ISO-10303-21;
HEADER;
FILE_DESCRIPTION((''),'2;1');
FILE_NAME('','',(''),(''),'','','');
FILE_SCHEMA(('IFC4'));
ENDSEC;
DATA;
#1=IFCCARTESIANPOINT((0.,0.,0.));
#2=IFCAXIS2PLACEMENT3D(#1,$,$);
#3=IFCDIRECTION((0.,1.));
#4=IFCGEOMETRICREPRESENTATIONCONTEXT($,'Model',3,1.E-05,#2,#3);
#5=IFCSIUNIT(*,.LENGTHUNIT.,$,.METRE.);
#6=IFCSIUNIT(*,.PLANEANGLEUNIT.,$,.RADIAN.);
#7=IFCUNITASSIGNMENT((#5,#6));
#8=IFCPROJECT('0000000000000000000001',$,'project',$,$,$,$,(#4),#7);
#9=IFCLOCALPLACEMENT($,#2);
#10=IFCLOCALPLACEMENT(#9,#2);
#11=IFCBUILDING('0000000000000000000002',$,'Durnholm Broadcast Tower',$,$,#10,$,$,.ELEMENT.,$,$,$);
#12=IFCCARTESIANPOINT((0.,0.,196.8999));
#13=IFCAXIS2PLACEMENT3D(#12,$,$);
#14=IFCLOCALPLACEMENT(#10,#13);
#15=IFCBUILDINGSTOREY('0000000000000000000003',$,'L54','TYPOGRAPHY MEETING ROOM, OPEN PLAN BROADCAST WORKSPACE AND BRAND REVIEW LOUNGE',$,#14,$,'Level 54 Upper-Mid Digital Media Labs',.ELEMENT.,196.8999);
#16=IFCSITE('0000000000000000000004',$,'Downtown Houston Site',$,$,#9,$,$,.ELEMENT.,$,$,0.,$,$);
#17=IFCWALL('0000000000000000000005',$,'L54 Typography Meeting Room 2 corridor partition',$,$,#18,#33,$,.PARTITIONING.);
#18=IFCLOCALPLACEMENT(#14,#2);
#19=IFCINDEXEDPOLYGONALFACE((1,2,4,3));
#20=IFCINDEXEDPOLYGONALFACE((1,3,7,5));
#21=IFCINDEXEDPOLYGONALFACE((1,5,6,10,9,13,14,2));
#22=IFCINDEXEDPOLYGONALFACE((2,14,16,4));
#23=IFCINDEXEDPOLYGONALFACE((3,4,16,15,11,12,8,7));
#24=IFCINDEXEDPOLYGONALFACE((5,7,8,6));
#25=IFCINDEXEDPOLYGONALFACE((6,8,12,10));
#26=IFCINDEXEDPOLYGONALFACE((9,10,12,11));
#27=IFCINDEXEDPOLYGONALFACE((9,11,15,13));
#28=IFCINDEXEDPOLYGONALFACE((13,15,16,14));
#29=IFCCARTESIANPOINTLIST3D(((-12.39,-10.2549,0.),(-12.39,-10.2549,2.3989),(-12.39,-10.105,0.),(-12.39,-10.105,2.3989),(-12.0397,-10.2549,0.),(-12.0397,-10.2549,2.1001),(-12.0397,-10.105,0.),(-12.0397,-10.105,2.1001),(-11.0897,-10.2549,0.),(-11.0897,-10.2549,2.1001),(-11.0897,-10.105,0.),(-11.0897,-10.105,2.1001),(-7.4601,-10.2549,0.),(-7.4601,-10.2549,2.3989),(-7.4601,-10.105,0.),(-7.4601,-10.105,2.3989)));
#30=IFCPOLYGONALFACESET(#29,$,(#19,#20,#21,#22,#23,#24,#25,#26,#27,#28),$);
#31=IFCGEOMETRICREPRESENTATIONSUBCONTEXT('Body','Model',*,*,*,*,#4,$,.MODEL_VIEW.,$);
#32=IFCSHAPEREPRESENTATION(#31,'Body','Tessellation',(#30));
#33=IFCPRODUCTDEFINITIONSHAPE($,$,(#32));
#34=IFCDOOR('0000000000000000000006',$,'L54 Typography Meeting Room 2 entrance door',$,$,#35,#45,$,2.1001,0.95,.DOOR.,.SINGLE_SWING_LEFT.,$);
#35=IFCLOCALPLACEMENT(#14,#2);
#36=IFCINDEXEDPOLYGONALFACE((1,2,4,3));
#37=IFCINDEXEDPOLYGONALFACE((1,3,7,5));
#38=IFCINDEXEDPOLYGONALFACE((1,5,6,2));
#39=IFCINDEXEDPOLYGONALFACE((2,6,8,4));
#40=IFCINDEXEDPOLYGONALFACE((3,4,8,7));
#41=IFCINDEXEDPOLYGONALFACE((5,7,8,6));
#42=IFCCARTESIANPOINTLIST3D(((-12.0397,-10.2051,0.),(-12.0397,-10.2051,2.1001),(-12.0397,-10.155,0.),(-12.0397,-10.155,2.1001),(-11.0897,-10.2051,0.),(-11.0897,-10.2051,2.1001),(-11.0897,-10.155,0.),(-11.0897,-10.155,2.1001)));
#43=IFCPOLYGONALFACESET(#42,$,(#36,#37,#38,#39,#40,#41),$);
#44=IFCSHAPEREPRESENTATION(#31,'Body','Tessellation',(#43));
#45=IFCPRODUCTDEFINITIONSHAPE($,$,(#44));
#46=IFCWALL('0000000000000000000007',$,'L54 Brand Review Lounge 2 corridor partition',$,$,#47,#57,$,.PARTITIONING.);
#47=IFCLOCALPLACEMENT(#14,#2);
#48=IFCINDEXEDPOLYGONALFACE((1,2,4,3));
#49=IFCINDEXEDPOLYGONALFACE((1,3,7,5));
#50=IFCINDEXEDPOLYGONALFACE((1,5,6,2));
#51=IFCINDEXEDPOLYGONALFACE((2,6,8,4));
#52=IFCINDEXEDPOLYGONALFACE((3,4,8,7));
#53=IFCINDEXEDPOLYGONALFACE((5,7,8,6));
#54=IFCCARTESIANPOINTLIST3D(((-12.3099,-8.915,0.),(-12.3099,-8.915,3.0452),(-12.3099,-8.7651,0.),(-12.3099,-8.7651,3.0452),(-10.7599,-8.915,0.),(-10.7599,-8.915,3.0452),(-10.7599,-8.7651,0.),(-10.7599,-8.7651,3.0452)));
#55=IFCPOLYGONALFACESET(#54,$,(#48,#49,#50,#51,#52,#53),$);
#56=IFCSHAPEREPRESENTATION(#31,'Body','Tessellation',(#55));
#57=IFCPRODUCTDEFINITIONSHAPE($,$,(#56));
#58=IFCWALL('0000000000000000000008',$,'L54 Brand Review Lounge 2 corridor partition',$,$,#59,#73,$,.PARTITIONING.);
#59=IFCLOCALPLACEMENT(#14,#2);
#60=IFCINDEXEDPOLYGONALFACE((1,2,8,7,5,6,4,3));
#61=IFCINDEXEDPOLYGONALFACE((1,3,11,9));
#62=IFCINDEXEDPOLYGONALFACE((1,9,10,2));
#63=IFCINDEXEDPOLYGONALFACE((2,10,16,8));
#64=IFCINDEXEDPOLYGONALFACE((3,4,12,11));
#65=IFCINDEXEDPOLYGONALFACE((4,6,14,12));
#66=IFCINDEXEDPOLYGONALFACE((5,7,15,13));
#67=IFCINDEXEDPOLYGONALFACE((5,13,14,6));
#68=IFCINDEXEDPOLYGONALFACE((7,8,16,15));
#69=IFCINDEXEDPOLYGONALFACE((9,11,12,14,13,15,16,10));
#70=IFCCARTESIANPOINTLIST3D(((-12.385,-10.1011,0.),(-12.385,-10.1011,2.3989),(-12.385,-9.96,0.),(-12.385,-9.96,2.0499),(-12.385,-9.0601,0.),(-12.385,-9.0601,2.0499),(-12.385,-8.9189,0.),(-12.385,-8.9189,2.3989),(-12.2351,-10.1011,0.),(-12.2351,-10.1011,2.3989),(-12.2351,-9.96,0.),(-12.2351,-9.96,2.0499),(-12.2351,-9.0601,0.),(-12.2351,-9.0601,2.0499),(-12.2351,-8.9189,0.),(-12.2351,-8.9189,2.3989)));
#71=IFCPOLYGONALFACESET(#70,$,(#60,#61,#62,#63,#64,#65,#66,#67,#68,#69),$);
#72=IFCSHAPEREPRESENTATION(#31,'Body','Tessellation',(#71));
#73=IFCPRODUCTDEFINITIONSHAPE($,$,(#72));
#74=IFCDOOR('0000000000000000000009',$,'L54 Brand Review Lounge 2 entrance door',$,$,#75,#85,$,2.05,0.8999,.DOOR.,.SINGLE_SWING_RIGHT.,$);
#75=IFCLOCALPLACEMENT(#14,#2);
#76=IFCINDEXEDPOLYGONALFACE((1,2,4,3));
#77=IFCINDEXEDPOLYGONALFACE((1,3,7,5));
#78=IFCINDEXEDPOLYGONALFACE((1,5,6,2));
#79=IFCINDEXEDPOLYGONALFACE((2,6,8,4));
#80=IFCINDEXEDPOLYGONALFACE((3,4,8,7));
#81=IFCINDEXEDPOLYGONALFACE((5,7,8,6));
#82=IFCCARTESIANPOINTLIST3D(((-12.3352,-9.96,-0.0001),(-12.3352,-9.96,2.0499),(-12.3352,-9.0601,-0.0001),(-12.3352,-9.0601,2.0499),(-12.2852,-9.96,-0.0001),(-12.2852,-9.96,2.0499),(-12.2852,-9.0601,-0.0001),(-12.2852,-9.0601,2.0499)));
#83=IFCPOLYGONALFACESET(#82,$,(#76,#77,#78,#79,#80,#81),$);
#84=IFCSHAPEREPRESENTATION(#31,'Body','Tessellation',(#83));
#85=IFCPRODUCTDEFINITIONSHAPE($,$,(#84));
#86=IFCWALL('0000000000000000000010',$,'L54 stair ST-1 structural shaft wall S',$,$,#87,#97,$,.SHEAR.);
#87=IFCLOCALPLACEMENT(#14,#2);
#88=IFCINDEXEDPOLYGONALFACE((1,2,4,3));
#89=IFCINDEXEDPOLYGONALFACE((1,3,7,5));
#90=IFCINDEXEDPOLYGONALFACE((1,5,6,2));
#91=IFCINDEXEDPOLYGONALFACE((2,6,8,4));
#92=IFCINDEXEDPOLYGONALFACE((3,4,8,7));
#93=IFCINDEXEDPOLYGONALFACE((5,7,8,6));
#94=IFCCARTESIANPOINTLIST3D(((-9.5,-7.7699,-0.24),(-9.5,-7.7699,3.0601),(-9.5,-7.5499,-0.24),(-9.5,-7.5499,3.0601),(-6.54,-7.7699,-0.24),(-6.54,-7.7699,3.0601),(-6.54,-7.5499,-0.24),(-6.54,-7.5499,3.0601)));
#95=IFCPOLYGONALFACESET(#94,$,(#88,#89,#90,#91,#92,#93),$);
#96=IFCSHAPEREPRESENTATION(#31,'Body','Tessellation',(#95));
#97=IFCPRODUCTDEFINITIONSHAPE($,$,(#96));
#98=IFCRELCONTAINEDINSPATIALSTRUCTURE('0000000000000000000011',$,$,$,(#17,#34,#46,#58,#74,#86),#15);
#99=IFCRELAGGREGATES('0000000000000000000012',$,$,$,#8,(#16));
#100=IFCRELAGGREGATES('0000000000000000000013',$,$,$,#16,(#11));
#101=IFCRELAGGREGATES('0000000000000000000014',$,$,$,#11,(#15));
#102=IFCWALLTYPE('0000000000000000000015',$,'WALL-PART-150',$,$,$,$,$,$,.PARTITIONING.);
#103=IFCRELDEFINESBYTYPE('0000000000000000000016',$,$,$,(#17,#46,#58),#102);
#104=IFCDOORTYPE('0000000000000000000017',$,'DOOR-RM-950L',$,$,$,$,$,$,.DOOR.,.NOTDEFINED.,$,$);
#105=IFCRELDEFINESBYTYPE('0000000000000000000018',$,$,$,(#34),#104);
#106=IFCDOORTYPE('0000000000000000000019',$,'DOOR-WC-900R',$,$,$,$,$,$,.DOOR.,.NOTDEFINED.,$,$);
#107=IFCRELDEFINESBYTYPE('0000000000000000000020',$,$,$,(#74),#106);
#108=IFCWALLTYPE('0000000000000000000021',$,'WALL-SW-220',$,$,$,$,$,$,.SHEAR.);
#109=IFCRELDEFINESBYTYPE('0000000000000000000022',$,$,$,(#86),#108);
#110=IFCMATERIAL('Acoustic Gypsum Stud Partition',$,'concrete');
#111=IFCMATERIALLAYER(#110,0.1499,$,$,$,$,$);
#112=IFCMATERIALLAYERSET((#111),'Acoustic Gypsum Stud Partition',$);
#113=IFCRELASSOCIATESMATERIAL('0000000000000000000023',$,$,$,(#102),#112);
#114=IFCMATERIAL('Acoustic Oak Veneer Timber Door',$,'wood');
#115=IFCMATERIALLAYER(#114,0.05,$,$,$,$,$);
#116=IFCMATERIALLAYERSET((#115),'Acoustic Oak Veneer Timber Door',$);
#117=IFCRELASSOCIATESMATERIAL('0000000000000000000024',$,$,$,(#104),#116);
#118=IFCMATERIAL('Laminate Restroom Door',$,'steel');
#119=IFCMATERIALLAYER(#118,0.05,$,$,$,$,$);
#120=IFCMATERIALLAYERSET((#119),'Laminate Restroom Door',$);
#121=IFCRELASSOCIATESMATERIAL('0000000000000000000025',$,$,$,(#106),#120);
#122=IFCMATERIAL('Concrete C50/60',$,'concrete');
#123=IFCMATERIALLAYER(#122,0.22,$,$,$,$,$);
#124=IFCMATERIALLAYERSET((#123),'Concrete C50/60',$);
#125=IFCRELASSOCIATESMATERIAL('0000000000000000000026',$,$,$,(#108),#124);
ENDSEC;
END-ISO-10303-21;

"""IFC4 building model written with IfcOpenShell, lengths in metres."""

from ifc_helpers import new_model, si_unit, direction, frame, frame_2d, origin, place, context, subcontext, project, spatial, rectangle, extrude, source, transform, mapped, material, layer, layer_set, type_object, type_shapes, element, fill, save


model = new_model("IFC4")

# Units and contexts
model_context = context("Model", 3, precision=1e-05, world=origin(), true_north=direction((0.0, 1.0)))
body_context = subcontext(model_context, "Body", "Model", "MODEL_VIEW")
ifc_project = project(units=[si_unit("LENGTHUNIT", "METRE"), si_unit("PLANEANGLEUNIT", "RADIAN")], contexts=[model_context])

# Site, building, storey
site_placement = place(None, origin())
site = spatial("IfcSite", under=ifc_project, at=site_placement, Name="Downtown Houston Site", CompositionType="ELEMENT", RefElevation=0.0)
building_placement = place(site_placement, origin())
building = spatial("IfcBuilding", under=site, at=building_placement, Name="Durnholm Broadcast Tower", CompositionType="ELEMENT")
storey_placement = place(building_placement, frame((0.0, 0.0, 196.8999)))
storey = spatial("IfcBuildingStorey", under=building, at=storey_placement, Name="L54", Description="TYPOGRAPHY MEETING ROOM, OPEN PLAN BROADCAST WORKSPACE AND BRAND REVIEW LOUNGE", LongName="Level 54 Upper-Mid Digital Media Labs", CompositionType="ELEMENT", Elevation=196.8999)

# Wall, opening, door
ifc_material_1 = material(Name="Acoustic Gypsum Stud Partition", Category="concrete")
ifc_layer_1 = layer(ifc_material_1, 0.1499)
ifc_layer_set_1 = layer_set([ifc_layer_1], Name="Acoustic Gypsum Stud Partition")
wall_type_1 = type_object("IfcWallType", Name="WALL-PART-150", PredefinedType="PARTITIONING", material=ifc_layer_set_1)
wall_1_placement = place(storey_placement, frame((-12.3899, -10.1799, 0.0), z_axis=(0.0, 0.0, 1.0), x_axis=(1.0, 0.0, 0.0)))
wall_1 = element("IfcWall", 1, at=wall_1_placement, inside=storey, type_object=wall_type_1, Name="L54 Typography Meeting Room 2 corridor partition", PredefinedType="PARTITIONING", context=body_context, shape_type="SweptSolid", body=[
    extrude(rectangle(XDim=4.9299, YDim=0.1499, at=frame_2d((2.4648, 0.0))), origin(), (0.0, 0.0, 1.0), 2.3989),
])
opening_1_placement = place(wall_1_placement, frame((0.3501, 0.0, 0.0)))
opening_1 = element("IfcOpeningElement", 2, at=opening_1_placement, cuts=wall_1, PredefinedType="OPENING", context=body_context, shape_type="SweptSolid", body=[
    extrude(rectangle(XDim=0.95, YDim=2.1001, at=frame_2d((0.4751, 1.05))), frame((0.0, 0.085, 0.0), z_axis=(0.0, -1.0, 0.0), x_axis=(1.0, 0.0, 0.0)), (0.0, 0.0, 1.0), 0.1699),
])
ifc_material_2 = material(Name="Acoustic Oak Veneer Timber Door", Category="wood")
ifc_layer_2 = layer(ifc_material_2, 0.05)
ifc_layer_set_2 = layer_set([ifc_layer_2], Name="Acoustic Oak Veneer Timber Door")
door_type_1 = type_object("IfcDoorType", Name="DOOR-RM-950L", OperationType="NOTDEFINED", PredefinedType="DOOR", material=ifc_layer_set_2)
shared_shape_1 = source(origin(), body_context, "Body", "SweptSolid", [
    extrude(rectangle(XDim=0.95, YDim=2.1001, at=frame_2d((0.4751, 1.05))), frame((0.0, 0.0249, 0.0), z_axis=(0.0, -1.0, 0.0), x_axis=(1.0, 0.0, 0.0)), (0.0, 0.0, 1.0), 0.05),
])
type_shapes(door_type_1, [shared_shape_1])
door_1_placement = place(opening_1_placement, origin())
door_1 = element("IfcDoor", 3, at=door_1_placement, inside=storey, type_object=door_type_1, Name="L54 Typography Meeting Room 2 entrance door", OperationType="SINGLE_SWING_LEFT", OverallHeight=2.1001, OverallWidth=0.95, PredefinedType="DOOR", context=body_context, shape_type="MappedRepresentation", body=[
    mapped(shared_shape_1, transform((0.0, 0.0, 0.0), x_axis=(1.0, 0.0, 0.0), y_axis=(0.0, 1.0, 0.0), z_axis=(0.0, 0.0, 1.0), scale=1.0)),
])
fill(opening_1, door_1)

# Wall
wall_2_placement = place(storey_placement, frame((-10.76, -8.8401, 0.0), z_axis=(0.0, 0.0, 1.0), x_axis=(-1.0, 0.0, 0.0)))
element("IfcWall", 4, at=wall_2_placement, inside=storey, type_object=wall_type_1, Name="L54 Brand Review Lounge 2 corridor partition", PredefinedType="PARTITIONING", context=body_context, shape_type="SweptSolid", body=[
    extrude(rectangle(XDim=1.55, YDim=0.1499, at=frame_2d((0.7749, 0.0))), origin(), (0.0, 0.0, 1.0), 3.0452),
])

# Wall, opening, door
wall_3_placement = place(storey_placement, frame((-12.3101, -8.9189, 0.0), z_axis=(0.0, 0.0, 1.0), x_axis=(0.0, -1.0, 0.0)))
wall_3 = element("IfcWall", 5, at=wall_3_placement, inside=storey, type_object=wall_type_1, Name="L54 Brand Review Lounge 2 corridor partition", PredefinedType="PARTITIONING", context=body_context, shape_type="SweptSolid", body=[
    extrude(rectangle(XDim=1.1821, YDim=0.1499, at=frame_2d((0.5911, 0.0))), origin(), (0.0, 0.0, 1.0), 2.3989),
])
opening_2_placement = place(wall_3_placement, frame((0.1411, 0.0, 0.0)))
opening_2 = element("IfcOpeningElement", 6, at=opening_2_placement, cuts=wall_3, PredefinedType="OPENING", context=body_context, shape_type="SweptSolid", body=[
    extrude(rectangle(XDim=0.8999, YDim=2.05, at=frame_2d((0.45, 1.0249))), frame((0.0, 0.085, 0.0), z_axis=(0.0, -1.0, 0.0), x_axis=(1.0, 0.0, 0.0)), (0.0, 0.0, 1.0), 0.1699),
])
ifc_material_3 = material(Name="Laminate Restroom Door", Category="steel")
ifc_layer_3 = layer(ifc_material_3, 0.05)
ifc_layer_set_3 = layer_set([ifc_layer_3], Name="Laminate Restroom Door")
door_type_2 = type_object("IfcDoorType", Name="DOOR-WC-900R", OperationType="NOTDEFINED", PredefinedType="DOOR", material=ifc_layer_set_3)
shared_shape_2 = source(origin(), body_context, "Body", "SweptSolid", [
    extrude(rectangle(XDim=0.8999, YDim=2.05, at=frame_2d((0.45, 1.0249))), frame((0.0, 0.0249, 0.0), z_axis=(0.0, -1.0, 0.0), x_axis=(1.0, 0.0, 0.0)), (0.0, 0.0, 1.0), 0.05),
])
type_shapes(door_type_2, [shared_shape_2])
door_2_placement = place(opening_2_placement, origin())
door_2 = element("IfcDoor", 7, at=door_2_placement, inside=storey, type_object=door_type_2, Name="L54 Brand Review Lounge 2 entrance door", OperationType="SINGLE_SWING_RIGHT", OverallHeight=2.05, OverallWidth=0.8999, PredefinedType="DOOR", context=body_context, shape_type="MappedRepresentation", body=[
    mapped(shared_shape_2, transform((0.0, 0.0, 0.0), x_axis=(1.0, 0.0, 0.0), y_axis=(0.0, 1.0, 0.0), z_axis=(0.0, 0.0, 1.0), scale=1.0)),
])
fill(opening_2, door_2)

# Wall
ifc_material_4 = material(Name="Concrete C50/60", Category="concrete")
ifc_layer_4 = layer(ifc_material_4, 0.22)
ifc_layer_set_4 = layer_set([ifc_layer_4], Name="Concrete C50/60")
wall_type_2 = type_object("IfcWallType", Name="WALL-SW-220", PredefinedType="SHEAR", material=ifc_layer_set_4)
wall_4_placement = place(storey_placement, frame((-9.5, -7.6599, -0.24), z_axis=(0.0, 0.0, 1.0), x_axis=(1.0, 0.0, 0.0)))
element("IfcWall", 8, at=wall_4_placement, inside=storey, type_object=wall_type_2, Name="L54 stair ST-1 structural shaft wall S", PredefinedType="SHEAR", context=body_context, shape_type="SweptSolid", body=[
    extrude(rectangle(XDim=2.96, YDim=0.22, at=frame_2d((1.48, 0.0))), origin(), (0.0, 0.0, 1.0), 3.3),
])

save(model, "model.ifc")
